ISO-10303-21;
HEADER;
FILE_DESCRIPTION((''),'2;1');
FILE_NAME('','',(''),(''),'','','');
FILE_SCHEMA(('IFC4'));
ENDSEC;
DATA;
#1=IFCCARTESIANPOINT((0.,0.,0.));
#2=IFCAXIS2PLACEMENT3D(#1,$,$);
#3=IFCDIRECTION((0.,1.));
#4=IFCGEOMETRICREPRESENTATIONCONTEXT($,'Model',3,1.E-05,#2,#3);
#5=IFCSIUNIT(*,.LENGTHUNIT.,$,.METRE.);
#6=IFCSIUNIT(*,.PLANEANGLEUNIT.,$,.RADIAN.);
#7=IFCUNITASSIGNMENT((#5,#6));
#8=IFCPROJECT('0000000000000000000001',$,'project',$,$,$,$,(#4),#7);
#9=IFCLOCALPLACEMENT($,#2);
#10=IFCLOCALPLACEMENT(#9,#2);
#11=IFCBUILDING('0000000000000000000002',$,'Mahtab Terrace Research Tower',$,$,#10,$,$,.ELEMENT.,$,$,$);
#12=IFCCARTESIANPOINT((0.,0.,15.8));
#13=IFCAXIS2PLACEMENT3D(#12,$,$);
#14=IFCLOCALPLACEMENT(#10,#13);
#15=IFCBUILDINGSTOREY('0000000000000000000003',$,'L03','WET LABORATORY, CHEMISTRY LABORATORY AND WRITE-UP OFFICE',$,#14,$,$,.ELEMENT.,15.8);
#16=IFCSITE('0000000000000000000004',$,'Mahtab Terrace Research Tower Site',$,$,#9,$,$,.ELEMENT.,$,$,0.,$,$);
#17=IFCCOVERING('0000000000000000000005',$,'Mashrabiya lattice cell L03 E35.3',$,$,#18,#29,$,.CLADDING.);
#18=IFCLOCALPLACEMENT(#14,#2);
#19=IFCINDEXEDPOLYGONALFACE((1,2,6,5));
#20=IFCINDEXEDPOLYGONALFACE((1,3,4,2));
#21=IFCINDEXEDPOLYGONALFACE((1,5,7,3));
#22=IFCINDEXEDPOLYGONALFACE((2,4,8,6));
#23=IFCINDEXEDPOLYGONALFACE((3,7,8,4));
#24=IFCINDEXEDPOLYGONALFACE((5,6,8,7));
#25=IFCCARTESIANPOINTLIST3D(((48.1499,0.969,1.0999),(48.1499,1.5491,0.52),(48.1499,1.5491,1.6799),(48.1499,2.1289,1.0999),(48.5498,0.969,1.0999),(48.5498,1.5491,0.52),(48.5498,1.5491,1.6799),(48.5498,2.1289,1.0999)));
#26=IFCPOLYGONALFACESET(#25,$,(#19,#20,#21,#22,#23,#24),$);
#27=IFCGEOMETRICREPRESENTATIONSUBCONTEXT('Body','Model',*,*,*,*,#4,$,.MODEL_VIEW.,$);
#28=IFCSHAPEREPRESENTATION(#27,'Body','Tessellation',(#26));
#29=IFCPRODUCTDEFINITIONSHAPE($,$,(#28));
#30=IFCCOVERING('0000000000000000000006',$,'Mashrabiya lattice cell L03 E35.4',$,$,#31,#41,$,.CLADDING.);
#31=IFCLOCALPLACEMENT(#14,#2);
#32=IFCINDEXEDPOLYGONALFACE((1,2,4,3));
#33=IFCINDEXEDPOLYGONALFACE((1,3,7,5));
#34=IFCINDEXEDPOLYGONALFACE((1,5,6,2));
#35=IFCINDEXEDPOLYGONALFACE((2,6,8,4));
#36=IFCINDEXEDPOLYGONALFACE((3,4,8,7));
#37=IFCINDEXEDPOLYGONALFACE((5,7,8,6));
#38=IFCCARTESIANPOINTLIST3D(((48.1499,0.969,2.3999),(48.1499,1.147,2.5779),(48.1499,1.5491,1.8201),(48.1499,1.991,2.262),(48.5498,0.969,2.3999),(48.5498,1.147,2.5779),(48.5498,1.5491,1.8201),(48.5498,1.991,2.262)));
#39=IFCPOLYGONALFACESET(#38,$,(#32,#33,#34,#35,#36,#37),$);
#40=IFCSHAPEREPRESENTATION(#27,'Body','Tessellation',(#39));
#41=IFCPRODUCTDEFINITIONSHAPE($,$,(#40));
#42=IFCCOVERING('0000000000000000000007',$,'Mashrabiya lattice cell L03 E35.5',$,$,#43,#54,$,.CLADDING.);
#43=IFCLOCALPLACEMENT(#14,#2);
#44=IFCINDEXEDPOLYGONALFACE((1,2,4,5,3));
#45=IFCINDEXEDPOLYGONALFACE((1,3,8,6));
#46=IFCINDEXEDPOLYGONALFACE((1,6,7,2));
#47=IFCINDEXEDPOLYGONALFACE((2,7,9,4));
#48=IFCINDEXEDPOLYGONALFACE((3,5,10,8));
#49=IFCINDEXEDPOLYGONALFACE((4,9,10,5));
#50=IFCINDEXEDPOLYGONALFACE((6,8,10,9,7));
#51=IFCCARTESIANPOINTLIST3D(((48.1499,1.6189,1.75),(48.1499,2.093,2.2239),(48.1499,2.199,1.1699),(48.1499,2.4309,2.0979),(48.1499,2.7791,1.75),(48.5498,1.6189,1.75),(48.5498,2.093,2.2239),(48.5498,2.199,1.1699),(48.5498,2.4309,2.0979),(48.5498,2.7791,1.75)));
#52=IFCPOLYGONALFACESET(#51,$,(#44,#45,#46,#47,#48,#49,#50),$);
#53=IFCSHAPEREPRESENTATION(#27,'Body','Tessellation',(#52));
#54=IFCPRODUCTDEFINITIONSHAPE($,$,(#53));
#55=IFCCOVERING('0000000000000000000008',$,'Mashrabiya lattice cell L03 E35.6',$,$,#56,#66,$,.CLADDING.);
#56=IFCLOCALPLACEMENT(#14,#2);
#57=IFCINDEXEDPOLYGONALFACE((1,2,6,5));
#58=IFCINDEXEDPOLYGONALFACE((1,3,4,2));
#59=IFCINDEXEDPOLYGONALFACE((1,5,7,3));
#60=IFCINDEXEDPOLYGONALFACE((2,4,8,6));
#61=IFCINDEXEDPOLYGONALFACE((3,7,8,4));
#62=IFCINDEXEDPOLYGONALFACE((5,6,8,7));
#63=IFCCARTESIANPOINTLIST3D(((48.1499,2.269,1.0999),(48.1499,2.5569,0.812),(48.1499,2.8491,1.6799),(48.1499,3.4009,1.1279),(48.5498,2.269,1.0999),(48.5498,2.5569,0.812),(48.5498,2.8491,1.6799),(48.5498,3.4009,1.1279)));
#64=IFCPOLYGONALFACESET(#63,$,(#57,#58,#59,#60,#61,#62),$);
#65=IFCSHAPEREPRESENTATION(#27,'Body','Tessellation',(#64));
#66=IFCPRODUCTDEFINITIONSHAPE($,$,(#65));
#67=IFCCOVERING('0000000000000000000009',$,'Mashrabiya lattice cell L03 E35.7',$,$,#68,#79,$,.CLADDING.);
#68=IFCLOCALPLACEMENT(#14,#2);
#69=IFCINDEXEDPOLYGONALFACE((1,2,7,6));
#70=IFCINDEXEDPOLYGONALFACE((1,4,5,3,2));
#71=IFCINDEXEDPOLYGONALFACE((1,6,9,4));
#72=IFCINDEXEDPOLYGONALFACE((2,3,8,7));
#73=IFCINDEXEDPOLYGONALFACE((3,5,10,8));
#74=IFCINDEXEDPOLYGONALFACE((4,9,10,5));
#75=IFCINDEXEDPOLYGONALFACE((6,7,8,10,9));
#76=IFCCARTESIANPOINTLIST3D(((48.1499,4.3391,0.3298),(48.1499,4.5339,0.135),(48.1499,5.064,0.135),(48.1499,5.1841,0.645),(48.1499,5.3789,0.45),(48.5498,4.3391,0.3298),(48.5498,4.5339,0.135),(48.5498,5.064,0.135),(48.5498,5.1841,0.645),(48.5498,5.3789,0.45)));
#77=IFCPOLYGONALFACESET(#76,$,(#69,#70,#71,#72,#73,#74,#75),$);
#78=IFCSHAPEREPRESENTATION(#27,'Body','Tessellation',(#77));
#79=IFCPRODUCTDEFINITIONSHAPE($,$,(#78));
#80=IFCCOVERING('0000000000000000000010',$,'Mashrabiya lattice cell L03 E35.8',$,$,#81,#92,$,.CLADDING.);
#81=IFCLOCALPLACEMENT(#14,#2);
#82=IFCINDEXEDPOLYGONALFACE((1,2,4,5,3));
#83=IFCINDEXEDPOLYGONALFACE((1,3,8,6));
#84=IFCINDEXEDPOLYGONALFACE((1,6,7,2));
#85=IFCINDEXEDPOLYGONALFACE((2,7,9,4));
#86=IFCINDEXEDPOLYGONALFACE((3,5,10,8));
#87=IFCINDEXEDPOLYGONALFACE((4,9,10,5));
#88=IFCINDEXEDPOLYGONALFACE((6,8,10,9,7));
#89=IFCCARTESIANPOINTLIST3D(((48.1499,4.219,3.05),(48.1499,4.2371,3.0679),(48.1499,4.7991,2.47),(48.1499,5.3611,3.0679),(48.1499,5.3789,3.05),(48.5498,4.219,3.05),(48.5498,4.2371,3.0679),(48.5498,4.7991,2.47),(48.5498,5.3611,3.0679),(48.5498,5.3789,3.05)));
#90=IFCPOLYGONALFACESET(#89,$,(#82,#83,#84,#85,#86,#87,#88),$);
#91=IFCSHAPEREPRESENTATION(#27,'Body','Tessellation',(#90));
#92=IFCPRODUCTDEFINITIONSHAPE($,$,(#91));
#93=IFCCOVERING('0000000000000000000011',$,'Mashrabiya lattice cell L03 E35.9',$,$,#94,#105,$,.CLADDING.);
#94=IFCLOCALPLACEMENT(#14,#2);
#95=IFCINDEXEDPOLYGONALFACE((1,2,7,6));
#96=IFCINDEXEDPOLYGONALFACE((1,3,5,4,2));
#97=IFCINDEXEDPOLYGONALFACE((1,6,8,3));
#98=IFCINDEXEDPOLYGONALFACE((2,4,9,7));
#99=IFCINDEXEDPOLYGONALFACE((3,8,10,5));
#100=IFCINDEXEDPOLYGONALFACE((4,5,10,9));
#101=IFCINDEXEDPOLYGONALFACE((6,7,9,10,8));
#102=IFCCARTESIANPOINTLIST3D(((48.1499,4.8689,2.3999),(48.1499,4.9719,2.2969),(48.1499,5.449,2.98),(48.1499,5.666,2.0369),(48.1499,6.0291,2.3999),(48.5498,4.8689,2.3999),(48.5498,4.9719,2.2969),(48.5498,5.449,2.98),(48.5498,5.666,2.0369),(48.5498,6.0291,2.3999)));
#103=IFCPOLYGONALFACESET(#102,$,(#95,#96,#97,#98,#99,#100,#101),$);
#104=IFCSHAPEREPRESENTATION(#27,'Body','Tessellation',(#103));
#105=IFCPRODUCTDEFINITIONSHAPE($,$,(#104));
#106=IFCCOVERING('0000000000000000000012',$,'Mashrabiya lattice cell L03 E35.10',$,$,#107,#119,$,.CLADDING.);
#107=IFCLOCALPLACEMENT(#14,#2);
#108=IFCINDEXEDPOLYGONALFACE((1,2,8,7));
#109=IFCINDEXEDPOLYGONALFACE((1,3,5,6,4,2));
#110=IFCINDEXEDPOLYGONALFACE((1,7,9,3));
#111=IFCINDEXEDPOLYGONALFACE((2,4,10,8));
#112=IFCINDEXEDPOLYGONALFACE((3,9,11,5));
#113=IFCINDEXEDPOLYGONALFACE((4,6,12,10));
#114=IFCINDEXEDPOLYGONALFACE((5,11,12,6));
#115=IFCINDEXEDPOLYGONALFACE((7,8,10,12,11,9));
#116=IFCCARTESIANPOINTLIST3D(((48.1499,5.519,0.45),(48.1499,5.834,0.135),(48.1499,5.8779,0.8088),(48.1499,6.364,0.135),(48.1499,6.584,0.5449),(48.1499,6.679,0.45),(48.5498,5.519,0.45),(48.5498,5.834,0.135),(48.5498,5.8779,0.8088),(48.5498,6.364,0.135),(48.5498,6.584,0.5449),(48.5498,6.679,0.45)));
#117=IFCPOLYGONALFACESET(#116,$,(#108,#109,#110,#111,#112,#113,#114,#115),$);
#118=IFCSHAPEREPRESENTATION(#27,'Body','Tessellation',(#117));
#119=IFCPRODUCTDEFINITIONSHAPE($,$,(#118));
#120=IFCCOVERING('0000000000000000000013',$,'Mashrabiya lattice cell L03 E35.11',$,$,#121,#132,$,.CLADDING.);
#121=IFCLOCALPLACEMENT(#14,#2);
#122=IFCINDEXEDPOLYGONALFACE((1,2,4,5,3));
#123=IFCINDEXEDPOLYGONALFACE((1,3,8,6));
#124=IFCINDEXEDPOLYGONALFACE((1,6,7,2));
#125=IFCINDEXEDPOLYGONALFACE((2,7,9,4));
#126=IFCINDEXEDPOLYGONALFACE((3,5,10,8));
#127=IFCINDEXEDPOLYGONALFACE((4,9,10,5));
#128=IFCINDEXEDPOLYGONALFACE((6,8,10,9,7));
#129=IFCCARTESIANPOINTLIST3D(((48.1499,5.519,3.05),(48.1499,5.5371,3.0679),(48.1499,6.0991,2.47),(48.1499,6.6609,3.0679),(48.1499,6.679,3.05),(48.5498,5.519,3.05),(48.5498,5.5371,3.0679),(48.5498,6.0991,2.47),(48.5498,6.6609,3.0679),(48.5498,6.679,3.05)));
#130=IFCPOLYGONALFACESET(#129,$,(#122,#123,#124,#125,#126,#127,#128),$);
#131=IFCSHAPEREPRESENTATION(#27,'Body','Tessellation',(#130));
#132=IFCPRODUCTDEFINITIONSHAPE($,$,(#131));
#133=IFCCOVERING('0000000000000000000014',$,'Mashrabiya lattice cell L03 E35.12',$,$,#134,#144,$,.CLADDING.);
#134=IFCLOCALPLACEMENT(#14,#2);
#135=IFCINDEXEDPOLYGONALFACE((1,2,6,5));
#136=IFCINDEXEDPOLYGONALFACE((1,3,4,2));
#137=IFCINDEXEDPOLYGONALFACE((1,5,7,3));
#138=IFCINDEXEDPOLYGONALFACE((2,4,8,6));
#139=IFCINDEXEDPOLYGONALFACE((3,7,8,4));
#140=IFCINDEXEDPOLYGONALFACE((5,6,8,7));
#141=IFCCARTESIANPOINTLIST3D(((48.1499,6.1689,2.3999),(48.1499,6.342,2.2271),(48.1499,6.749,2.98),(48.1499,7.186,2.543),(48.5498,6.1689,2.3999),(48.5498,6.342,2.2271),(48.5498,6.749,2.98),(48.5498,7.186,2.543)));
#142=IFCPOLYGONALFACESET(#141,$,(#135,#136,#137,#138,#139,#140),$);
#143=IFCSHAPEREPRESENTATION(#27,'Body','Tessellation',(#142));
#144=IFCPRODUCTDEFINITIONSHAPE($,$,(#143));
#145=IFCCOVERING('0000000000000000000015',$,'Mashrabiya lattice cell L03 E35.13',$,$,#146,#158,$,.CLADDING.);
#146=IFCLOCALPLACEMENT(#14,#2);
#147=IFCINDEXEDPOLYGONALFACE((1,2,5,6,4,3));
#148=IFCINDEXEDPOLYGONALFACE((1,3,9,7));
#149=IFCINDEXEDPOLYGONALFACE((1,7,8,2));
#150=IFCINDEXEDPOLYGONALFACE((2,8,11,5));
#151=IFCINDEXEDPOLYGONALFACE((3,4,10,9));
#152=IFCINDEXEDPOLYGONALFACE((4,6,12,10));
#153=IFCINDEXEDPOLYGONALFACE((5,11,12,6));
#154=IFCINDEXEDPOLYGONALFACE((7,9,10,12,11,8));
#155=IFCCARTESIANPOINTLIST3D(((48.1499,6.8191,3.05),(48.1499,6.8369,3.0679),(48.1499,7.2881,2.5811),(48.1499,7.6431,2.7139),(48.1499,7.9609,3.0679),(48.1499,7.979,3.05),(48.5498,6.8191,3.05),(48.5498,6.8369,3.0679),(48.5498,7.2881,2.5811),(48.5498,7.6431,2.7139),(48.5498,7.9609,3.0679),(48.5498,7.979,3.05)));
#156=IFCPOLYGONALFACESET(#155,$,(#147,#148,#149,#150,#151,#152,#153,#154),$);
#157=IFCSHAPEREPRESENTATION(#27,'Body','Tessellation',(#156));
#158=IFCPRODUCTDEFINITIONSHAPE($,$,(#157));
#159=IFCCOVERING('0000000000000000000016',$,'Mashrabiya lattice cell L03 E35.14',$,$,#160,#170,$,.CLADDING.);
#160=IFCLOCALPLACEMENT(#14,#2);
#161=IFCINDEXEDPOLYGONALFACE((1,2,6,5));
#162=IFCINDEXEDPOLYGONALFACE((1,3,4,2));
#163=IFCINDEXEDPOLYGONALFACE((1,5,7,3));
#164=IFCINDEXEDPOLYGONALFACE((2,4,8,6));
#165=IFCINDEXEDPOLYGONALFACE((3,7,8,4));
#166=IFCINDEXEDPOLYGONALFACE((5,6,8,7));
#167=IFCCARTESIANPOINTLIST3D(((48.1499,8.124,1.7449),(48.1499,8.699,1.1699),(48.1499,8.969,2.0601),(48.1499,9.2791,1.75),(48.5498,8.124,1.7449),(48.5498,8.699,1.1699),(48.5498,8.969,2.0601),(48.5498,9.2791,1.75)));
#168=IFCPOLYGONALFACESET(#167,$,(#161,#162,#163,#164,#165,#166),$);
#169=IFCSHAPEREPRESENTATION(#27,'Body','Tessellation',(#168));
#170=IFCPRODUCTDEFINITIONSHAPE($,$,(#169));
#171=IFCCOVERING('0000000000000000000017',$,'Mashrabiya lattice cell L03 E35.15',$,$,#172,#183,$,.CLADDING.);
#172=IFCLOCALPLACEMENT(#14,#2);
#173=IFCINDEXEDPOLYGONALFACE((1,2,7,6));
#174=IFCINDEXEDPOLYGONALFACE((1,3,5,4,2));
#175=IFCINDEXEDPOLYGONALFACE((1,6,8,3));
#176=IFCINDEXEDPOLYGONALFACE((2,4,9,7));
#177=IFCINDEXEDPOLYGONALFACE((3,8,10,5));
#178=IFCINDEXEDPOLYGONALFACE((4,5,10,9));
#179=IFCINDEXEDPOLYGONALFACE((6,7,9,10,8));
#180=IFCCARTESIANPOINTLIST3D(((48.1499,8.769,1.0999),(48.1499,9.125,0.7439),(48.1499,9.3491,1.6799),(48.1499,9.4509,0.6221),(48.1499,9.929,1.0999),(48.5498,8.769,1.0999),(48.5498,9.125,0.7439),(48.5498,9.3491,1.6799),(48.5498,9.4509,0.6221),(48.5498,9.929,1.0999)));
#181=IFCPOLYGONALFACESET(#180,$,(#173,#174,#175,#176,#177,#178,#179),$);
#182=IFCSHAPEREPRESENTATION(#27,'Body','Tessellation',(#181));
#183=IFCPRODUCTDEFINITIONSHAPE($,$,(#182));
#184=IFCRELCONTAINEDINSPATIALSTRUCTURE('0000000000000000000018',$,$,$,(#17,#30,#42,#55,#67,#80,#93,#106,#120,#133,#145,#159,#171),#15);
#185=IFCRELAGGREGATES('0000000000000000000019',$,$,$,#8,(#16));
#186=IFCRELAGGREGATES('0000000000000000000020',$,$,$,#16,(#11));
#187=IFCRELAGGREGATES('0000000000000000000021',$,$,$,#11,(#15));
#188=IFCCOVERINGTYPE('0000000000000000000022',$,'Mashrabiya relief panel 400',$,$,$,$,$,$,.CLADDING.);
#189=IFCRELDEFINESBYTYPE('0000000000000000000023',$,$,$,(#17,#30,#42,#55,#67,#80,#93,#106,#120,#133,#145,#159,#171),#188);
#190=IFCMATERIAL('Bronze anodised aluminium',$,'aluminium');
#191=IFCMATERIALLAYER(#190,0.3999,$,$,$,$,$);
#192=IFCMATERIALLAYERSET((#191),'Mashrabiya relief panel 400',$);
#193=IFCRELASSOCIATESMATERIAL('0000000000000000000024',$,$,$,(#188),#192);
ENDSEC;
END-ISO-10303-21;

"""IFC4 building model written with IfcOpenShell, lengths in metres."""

from ifc_helpers import new_model, si_unit, direction, frame, origin, place, context, subcontext, project, spatial, polyline, outline, extrude, material, layer, layer_set, type_object, element, save


model = new_model("IFC4")

# Units and contexts
model_context = context("Model", 3, precision=1e-05, world=origin(), true_north=direction((0.0, 1.0)))
body_context = subcontext(model_context, "Body", "Model", "MODEL_VIEW")
ifc_project = project(units=[si_unit("LENGTHUNIT", "METRE"), si_unit("PLANEANGLEUNIT", "RADIAN")], contexts=[model_context])

# Site, building, storey
site_placement = place(None, origin())
site = spatial("IfcSite", under=ifc_project, at=site_placement, Name="Mahtab Terrace Research Tower Site", CompositionType="ELEMENT", RefElevation=0.0)
building_placement = place(site_placement, origin())
building = spatial("IfcBuilding", under=site, at=building_placement, Name="Mahtab Terrace Research Tower", CompositionType="ELEMENT")
storey_placement = place(building_placement, frame((0.0, 0.0, 15.8)))
storey = spatial("IfcBuildingStorey", under=building, at=storey_placement, Name="L03", Description="WET LABORATORY, CHEMISTRY LABORATORY AND WRITE-UP OFFICE", CompositionType="ELEMENT", Elevation=15.8)

# Coverings
ifc_material_1 = material(Name="Bronze anodised aluminium", Category="aluminium")
ifc_layer_1 = layer(ifc_material_1, 0.3999)
ifc_layer_set_1 = layer_set([ifc_layer_1], Name="Mashrabiya relief panel 400")
covering_type = type_object("IfcCoveringType", Name="Mashrabiya relief panel 400", PredefinedType="CLADDING", material=ifc_layer_set_1)
covering_1_placement = place(storey_placement, frame((48.1499, 1.5491, 1.6799), z_axis=(-1.0, 0.0, 0.0), x_axis=(0.0, 0.706958, -0.707256)))
element("IfcCovering", 1, at=covering_1_placement, inside=storey, type_object=covering_type, Name="Mashrabiya lattice cell L03 E35.3", PredefinedType="CLADDING", context=body_context, shape_type="SweptSolid", body=[
    extrude(outline(polyline([(0.0, 0.0), (0.8202, 0.0), (0.8204, 0.82), (0.0002, 0.8204), (0.0, 0.0)])), origin(), (0.0, 0.0, -1.0), 0.3999),
])
covering_2_placement = place(storey_placement, frame((48.1499, 1.5491, 1.8201), z_axis=(-1.0, 0.0, 0.0), x_axis=(0.0, -0.707256, 0.706958)))
element("IfcCovering", 2, at=covering_2_placement, inside=storey, type_object=covering_type, Name="Mashrabiya lattice cell L03 E35.4", PredefinedType="CLADDING", context=body_context, shape_type="SweptSolid", body=[
    extrude(outline(polyline([(0.0, 0.0), (0.8202, 0.0), (0.8201, 0.2517), (-0.0001, 0.6249), (0.0, 0.0)])), origin(), (0.0, 0.0, -1.0), 0.3999),
])
covering_3_placement = place(storey_placement, frame((48.1499, 2.7791, 1.75), z_axis=(-1.0, 0.0, 0.0), x_axis=(0.0, -0.707107, -0.707107)))
element("IfcCovering", 3, at=covering_3_placement, inside=storey, type_object=covering_type, Name="Mashrabiya lattice cell L03 E35.5", PredefinedType="CLADDING", context=body_context, shape_type="SweptSolid", body=[
    extrude(outline(polyline([(0.0, 0.0), (0.8204, 0.0), (0.8204, 0.8204), (0.15, 0.8202), (0.0002, 0.4922), (0.0, 0.0)])), origin(), (0.0, 0.0, -1.0), 0.3999),
])
covering_4_placement = place(storey_placement, frame((48.1499, 2.269, 1.0999), z_axis=(-1.0, 0.0, 0.0), x_axis=(0.0, 0.707107, 0.707107)))
element("IfcCovering", 4, at=covering_4_placement, inside=storey, type_object=covering_type, Name="Mashrabiya lattice cell L03 E35.6", PredefinedType="CLADDING", context=body_context, shape_type="SweptSolid", body=[
    extrude(outline(polyline([(0.0, 0.0), (0.8204, 0.0), (0.8202, 0.7805), (0.0, 0.4071), (0.0, 0.0)])), origin(), (0.0, 0.0, -1.0), 0.3999),
])
covering_5_placement = place(storey_placement, frame((48.1499, 4.3391, 0.3298), z_axis=(-1.0, 0.0, 0.0), x_axis=(0.0, 0.93694, 0.349491)))
element("IfcCovering", 5, at=covering_5_placement, inside=storey, type_object=covering_type, Name="Mashrabiya lattice cell L03 E35.7", PredefinedType="CLADDING", context=body_context, shape_type="SweptSolid", body=[
    extrude(outline(polyline([(0.0, 0.0), (0.9018, 0.0), (1.0162, 0.2509), (0.6111, 0.4359), (0.1144, 0.2506), (0.0, 0.0)])), origin(), (0.0, 0.0, -1.0), 0.3999),
])
covering_6_placement = place(storey_placement, frame((48.1499, 5.3789, 3.05), z_axis=(-1.0, 0.0, 0.0), x_axis=(0.0, -0.706958, -0.707256)))
element("IfcCovering", 6, at=covering_6_placement, inside=storey, type_object=covering_type, Name="Mashrabiya lattice cell L03 E35.8", PredefinedType="CLADDING", context=body_context, shape_type="SweptSolid", body=[
    extrude(outline(polyline([(0.0, 0.0), (0.8202, 0.0), (0.82, 0.8204), (0.7946, 0.8202), (0.0, 0.0252), (0.0, 0.0)])), origin(), (0.0, 0.0, -1.0), 0.3999),
])
covering_7_placement = place(storey_placement, frame((48.1499, 4.8689, 2.3999), z_axis=(-1.0, 0.0, 0.0), x_axis=(0.0, 0.707107, 0.707107)))
element("IfcCovering", 7, at=covering_7_placement, inside=storey, type_object=covering_type, Name="Mashrabiya lattice cell L03 E35.9", PredefinedType="CLADDING", context=body_context, shape_type="SweptSolid", body=[
    extrude(outline(polyline([(0.0, 0.0), (0.8204, 0.0), (0.8204, 0.8204), (0.3069, 0.8204), (0.0, 0.1457), (0.0, 0.0)])), origin(), (0.0, 0.0, -1.0), 0.3999),
])
covering_8_placement = place(storey_placement, frame((48.1499, 5.519, 0.45), z_axis=(-1.0, 0.0, 0.0), x_axis=(0.0, 0.707107, 0.707107)))
element("IfcCovering", 8, at=covering_8_placement, inside=storey, type_object=covering_type, Name="Mashrabiya lattice cell L03 E35.10", PredefinedType="CLADDING", context=body_context, shape_type="SweptSolid", body=[
    extrude(outline(polyline([(0.0, 0.0), (0.5075, 0.0), (0.8202, 0.6859), (0.8202, 0.8202), (0.3748, 0.8202), (0.0, 0.4454), (0.0, 0.0)])), origin(), (0.0, 0.0, -1.0), 0.3999),
])
covering_9_placement = place(storey_placement, frame((48.1499, 6.679, 3.05), z_axis=(-1.0, 0.0, 0.0), x_axis=(0.0, -0.706958, -0.707256)))
element("IfcCovering", 9, at=covering_9_placement, inside=storey, type_object=covering_type, Name="Mashrabiya lattice cell L03 E35.11", PredefinedType="CLADDING", context=body_context, shape_type="SweptSolid", body=[
    extrude(outline(polyline([(0.0, 0.0), (0.8202, 0.0), (0.82, 0.8204), (0.7946, 0.8202), (0.0002, 0.0254), (0.0, 0.0)])), origin(), (0.0, 0.0, -1.0), 0.3999),
])
covering_10_placement = place(storey_placement, frame((48.1499, 6.1689, 2.3999), z_axis=(-1.0, 0.0, 0.0), x_axis=(0.0, 0.707107, 0.707107)))
element("IfcCovering", 10, at=covering_10_placement, inside=storey, type_object=covering_type, Name="Mashrabiya lattice cell L03 E35.12", PredefinedType="CLADDING", context=body_context, shape_type="SweptSolid", body=[
    extrude(outline(polyline([(0.0, 0.0), (0.8204, 0.0), (0.8204, 0.618), (0.0002, 0.2446), (0.0, 0.0)])), origin(), (0.0, 0.0, -1.0), 0.3999),
])
covering_11_placement = place(storey_placement, frame((48.1499, 6.8191, 3.05), z_axis=(-1.0, 0.0, 0.0), x_axis=(0.0, 0.707107, 0.707107)))
element("IfcCovering", 11, at=covering_11_placement, inside=storey, type_object=covering_type, Name="Mashrabiya lattice cell L03 E35.13", PredefinedType="CLADDING", context=body_context, shape_type="SweptSolid", body=[
    extrude(outline(polyline([(0.0, 0.0), (0.0252, 0.0), (0.82, 0.7948), (0.8202, 0.8202), (0.3449, 0.8204), (0.0, 0.6633), (0.0, 0.0)])), origin(), (0.0, 0.0, -1.0), 0.3999),
])
covering_12_placement = place(storey_placement, frame((48.1499, 9.2791, 1.75), z_axis=(-1.0, 0.0, 0.0), x_axis=(0.0, -0.707107, -0.707107)))
element("IfcCovering", 12, at=covering_12_placement, inside=storey, type_object=covering_type, Name="Mashrabiya lattice cell L03 E35.14", PredefinedType="CLADDING", context=body_context, shape_type="SweptSolid", body=[
    extrude(outline(polyline([(0.0, 0.0), (0.8204, 0.0), (0.8204, 0.8131), (0.0, 0.4385), (0.0, 0.0)])), origin(), (0.0, 0.0, -1.0), 0.3999),
])
covering_13_placement = place(storey_placement, frame((48.1499, 8.769, 1.0999), z_axis=(-1.0, 0.0, 0.0), x_axis=(0.0, 0.707107, 0.707107)))
element("IfcCovering", 13, at=covering_13_placement, inside=storey, type_object=covering_type, Name="Mashrabiya lattice cell L03 E35.15", PredefinedType="CLADDING", context=body_context, shape_type="SweptSolid", body=[
    extrude(outline(polyline([(0.0, 0.0), (0.8204, 0.0), (0.8202, 0.8202), (0.1443, 0.82), (0.0, 0.5034), (0.0, 0.0)])), origin(), (0.0, 0.0, -1.0), 0.3999),
])

save(model, "model.ifc")
